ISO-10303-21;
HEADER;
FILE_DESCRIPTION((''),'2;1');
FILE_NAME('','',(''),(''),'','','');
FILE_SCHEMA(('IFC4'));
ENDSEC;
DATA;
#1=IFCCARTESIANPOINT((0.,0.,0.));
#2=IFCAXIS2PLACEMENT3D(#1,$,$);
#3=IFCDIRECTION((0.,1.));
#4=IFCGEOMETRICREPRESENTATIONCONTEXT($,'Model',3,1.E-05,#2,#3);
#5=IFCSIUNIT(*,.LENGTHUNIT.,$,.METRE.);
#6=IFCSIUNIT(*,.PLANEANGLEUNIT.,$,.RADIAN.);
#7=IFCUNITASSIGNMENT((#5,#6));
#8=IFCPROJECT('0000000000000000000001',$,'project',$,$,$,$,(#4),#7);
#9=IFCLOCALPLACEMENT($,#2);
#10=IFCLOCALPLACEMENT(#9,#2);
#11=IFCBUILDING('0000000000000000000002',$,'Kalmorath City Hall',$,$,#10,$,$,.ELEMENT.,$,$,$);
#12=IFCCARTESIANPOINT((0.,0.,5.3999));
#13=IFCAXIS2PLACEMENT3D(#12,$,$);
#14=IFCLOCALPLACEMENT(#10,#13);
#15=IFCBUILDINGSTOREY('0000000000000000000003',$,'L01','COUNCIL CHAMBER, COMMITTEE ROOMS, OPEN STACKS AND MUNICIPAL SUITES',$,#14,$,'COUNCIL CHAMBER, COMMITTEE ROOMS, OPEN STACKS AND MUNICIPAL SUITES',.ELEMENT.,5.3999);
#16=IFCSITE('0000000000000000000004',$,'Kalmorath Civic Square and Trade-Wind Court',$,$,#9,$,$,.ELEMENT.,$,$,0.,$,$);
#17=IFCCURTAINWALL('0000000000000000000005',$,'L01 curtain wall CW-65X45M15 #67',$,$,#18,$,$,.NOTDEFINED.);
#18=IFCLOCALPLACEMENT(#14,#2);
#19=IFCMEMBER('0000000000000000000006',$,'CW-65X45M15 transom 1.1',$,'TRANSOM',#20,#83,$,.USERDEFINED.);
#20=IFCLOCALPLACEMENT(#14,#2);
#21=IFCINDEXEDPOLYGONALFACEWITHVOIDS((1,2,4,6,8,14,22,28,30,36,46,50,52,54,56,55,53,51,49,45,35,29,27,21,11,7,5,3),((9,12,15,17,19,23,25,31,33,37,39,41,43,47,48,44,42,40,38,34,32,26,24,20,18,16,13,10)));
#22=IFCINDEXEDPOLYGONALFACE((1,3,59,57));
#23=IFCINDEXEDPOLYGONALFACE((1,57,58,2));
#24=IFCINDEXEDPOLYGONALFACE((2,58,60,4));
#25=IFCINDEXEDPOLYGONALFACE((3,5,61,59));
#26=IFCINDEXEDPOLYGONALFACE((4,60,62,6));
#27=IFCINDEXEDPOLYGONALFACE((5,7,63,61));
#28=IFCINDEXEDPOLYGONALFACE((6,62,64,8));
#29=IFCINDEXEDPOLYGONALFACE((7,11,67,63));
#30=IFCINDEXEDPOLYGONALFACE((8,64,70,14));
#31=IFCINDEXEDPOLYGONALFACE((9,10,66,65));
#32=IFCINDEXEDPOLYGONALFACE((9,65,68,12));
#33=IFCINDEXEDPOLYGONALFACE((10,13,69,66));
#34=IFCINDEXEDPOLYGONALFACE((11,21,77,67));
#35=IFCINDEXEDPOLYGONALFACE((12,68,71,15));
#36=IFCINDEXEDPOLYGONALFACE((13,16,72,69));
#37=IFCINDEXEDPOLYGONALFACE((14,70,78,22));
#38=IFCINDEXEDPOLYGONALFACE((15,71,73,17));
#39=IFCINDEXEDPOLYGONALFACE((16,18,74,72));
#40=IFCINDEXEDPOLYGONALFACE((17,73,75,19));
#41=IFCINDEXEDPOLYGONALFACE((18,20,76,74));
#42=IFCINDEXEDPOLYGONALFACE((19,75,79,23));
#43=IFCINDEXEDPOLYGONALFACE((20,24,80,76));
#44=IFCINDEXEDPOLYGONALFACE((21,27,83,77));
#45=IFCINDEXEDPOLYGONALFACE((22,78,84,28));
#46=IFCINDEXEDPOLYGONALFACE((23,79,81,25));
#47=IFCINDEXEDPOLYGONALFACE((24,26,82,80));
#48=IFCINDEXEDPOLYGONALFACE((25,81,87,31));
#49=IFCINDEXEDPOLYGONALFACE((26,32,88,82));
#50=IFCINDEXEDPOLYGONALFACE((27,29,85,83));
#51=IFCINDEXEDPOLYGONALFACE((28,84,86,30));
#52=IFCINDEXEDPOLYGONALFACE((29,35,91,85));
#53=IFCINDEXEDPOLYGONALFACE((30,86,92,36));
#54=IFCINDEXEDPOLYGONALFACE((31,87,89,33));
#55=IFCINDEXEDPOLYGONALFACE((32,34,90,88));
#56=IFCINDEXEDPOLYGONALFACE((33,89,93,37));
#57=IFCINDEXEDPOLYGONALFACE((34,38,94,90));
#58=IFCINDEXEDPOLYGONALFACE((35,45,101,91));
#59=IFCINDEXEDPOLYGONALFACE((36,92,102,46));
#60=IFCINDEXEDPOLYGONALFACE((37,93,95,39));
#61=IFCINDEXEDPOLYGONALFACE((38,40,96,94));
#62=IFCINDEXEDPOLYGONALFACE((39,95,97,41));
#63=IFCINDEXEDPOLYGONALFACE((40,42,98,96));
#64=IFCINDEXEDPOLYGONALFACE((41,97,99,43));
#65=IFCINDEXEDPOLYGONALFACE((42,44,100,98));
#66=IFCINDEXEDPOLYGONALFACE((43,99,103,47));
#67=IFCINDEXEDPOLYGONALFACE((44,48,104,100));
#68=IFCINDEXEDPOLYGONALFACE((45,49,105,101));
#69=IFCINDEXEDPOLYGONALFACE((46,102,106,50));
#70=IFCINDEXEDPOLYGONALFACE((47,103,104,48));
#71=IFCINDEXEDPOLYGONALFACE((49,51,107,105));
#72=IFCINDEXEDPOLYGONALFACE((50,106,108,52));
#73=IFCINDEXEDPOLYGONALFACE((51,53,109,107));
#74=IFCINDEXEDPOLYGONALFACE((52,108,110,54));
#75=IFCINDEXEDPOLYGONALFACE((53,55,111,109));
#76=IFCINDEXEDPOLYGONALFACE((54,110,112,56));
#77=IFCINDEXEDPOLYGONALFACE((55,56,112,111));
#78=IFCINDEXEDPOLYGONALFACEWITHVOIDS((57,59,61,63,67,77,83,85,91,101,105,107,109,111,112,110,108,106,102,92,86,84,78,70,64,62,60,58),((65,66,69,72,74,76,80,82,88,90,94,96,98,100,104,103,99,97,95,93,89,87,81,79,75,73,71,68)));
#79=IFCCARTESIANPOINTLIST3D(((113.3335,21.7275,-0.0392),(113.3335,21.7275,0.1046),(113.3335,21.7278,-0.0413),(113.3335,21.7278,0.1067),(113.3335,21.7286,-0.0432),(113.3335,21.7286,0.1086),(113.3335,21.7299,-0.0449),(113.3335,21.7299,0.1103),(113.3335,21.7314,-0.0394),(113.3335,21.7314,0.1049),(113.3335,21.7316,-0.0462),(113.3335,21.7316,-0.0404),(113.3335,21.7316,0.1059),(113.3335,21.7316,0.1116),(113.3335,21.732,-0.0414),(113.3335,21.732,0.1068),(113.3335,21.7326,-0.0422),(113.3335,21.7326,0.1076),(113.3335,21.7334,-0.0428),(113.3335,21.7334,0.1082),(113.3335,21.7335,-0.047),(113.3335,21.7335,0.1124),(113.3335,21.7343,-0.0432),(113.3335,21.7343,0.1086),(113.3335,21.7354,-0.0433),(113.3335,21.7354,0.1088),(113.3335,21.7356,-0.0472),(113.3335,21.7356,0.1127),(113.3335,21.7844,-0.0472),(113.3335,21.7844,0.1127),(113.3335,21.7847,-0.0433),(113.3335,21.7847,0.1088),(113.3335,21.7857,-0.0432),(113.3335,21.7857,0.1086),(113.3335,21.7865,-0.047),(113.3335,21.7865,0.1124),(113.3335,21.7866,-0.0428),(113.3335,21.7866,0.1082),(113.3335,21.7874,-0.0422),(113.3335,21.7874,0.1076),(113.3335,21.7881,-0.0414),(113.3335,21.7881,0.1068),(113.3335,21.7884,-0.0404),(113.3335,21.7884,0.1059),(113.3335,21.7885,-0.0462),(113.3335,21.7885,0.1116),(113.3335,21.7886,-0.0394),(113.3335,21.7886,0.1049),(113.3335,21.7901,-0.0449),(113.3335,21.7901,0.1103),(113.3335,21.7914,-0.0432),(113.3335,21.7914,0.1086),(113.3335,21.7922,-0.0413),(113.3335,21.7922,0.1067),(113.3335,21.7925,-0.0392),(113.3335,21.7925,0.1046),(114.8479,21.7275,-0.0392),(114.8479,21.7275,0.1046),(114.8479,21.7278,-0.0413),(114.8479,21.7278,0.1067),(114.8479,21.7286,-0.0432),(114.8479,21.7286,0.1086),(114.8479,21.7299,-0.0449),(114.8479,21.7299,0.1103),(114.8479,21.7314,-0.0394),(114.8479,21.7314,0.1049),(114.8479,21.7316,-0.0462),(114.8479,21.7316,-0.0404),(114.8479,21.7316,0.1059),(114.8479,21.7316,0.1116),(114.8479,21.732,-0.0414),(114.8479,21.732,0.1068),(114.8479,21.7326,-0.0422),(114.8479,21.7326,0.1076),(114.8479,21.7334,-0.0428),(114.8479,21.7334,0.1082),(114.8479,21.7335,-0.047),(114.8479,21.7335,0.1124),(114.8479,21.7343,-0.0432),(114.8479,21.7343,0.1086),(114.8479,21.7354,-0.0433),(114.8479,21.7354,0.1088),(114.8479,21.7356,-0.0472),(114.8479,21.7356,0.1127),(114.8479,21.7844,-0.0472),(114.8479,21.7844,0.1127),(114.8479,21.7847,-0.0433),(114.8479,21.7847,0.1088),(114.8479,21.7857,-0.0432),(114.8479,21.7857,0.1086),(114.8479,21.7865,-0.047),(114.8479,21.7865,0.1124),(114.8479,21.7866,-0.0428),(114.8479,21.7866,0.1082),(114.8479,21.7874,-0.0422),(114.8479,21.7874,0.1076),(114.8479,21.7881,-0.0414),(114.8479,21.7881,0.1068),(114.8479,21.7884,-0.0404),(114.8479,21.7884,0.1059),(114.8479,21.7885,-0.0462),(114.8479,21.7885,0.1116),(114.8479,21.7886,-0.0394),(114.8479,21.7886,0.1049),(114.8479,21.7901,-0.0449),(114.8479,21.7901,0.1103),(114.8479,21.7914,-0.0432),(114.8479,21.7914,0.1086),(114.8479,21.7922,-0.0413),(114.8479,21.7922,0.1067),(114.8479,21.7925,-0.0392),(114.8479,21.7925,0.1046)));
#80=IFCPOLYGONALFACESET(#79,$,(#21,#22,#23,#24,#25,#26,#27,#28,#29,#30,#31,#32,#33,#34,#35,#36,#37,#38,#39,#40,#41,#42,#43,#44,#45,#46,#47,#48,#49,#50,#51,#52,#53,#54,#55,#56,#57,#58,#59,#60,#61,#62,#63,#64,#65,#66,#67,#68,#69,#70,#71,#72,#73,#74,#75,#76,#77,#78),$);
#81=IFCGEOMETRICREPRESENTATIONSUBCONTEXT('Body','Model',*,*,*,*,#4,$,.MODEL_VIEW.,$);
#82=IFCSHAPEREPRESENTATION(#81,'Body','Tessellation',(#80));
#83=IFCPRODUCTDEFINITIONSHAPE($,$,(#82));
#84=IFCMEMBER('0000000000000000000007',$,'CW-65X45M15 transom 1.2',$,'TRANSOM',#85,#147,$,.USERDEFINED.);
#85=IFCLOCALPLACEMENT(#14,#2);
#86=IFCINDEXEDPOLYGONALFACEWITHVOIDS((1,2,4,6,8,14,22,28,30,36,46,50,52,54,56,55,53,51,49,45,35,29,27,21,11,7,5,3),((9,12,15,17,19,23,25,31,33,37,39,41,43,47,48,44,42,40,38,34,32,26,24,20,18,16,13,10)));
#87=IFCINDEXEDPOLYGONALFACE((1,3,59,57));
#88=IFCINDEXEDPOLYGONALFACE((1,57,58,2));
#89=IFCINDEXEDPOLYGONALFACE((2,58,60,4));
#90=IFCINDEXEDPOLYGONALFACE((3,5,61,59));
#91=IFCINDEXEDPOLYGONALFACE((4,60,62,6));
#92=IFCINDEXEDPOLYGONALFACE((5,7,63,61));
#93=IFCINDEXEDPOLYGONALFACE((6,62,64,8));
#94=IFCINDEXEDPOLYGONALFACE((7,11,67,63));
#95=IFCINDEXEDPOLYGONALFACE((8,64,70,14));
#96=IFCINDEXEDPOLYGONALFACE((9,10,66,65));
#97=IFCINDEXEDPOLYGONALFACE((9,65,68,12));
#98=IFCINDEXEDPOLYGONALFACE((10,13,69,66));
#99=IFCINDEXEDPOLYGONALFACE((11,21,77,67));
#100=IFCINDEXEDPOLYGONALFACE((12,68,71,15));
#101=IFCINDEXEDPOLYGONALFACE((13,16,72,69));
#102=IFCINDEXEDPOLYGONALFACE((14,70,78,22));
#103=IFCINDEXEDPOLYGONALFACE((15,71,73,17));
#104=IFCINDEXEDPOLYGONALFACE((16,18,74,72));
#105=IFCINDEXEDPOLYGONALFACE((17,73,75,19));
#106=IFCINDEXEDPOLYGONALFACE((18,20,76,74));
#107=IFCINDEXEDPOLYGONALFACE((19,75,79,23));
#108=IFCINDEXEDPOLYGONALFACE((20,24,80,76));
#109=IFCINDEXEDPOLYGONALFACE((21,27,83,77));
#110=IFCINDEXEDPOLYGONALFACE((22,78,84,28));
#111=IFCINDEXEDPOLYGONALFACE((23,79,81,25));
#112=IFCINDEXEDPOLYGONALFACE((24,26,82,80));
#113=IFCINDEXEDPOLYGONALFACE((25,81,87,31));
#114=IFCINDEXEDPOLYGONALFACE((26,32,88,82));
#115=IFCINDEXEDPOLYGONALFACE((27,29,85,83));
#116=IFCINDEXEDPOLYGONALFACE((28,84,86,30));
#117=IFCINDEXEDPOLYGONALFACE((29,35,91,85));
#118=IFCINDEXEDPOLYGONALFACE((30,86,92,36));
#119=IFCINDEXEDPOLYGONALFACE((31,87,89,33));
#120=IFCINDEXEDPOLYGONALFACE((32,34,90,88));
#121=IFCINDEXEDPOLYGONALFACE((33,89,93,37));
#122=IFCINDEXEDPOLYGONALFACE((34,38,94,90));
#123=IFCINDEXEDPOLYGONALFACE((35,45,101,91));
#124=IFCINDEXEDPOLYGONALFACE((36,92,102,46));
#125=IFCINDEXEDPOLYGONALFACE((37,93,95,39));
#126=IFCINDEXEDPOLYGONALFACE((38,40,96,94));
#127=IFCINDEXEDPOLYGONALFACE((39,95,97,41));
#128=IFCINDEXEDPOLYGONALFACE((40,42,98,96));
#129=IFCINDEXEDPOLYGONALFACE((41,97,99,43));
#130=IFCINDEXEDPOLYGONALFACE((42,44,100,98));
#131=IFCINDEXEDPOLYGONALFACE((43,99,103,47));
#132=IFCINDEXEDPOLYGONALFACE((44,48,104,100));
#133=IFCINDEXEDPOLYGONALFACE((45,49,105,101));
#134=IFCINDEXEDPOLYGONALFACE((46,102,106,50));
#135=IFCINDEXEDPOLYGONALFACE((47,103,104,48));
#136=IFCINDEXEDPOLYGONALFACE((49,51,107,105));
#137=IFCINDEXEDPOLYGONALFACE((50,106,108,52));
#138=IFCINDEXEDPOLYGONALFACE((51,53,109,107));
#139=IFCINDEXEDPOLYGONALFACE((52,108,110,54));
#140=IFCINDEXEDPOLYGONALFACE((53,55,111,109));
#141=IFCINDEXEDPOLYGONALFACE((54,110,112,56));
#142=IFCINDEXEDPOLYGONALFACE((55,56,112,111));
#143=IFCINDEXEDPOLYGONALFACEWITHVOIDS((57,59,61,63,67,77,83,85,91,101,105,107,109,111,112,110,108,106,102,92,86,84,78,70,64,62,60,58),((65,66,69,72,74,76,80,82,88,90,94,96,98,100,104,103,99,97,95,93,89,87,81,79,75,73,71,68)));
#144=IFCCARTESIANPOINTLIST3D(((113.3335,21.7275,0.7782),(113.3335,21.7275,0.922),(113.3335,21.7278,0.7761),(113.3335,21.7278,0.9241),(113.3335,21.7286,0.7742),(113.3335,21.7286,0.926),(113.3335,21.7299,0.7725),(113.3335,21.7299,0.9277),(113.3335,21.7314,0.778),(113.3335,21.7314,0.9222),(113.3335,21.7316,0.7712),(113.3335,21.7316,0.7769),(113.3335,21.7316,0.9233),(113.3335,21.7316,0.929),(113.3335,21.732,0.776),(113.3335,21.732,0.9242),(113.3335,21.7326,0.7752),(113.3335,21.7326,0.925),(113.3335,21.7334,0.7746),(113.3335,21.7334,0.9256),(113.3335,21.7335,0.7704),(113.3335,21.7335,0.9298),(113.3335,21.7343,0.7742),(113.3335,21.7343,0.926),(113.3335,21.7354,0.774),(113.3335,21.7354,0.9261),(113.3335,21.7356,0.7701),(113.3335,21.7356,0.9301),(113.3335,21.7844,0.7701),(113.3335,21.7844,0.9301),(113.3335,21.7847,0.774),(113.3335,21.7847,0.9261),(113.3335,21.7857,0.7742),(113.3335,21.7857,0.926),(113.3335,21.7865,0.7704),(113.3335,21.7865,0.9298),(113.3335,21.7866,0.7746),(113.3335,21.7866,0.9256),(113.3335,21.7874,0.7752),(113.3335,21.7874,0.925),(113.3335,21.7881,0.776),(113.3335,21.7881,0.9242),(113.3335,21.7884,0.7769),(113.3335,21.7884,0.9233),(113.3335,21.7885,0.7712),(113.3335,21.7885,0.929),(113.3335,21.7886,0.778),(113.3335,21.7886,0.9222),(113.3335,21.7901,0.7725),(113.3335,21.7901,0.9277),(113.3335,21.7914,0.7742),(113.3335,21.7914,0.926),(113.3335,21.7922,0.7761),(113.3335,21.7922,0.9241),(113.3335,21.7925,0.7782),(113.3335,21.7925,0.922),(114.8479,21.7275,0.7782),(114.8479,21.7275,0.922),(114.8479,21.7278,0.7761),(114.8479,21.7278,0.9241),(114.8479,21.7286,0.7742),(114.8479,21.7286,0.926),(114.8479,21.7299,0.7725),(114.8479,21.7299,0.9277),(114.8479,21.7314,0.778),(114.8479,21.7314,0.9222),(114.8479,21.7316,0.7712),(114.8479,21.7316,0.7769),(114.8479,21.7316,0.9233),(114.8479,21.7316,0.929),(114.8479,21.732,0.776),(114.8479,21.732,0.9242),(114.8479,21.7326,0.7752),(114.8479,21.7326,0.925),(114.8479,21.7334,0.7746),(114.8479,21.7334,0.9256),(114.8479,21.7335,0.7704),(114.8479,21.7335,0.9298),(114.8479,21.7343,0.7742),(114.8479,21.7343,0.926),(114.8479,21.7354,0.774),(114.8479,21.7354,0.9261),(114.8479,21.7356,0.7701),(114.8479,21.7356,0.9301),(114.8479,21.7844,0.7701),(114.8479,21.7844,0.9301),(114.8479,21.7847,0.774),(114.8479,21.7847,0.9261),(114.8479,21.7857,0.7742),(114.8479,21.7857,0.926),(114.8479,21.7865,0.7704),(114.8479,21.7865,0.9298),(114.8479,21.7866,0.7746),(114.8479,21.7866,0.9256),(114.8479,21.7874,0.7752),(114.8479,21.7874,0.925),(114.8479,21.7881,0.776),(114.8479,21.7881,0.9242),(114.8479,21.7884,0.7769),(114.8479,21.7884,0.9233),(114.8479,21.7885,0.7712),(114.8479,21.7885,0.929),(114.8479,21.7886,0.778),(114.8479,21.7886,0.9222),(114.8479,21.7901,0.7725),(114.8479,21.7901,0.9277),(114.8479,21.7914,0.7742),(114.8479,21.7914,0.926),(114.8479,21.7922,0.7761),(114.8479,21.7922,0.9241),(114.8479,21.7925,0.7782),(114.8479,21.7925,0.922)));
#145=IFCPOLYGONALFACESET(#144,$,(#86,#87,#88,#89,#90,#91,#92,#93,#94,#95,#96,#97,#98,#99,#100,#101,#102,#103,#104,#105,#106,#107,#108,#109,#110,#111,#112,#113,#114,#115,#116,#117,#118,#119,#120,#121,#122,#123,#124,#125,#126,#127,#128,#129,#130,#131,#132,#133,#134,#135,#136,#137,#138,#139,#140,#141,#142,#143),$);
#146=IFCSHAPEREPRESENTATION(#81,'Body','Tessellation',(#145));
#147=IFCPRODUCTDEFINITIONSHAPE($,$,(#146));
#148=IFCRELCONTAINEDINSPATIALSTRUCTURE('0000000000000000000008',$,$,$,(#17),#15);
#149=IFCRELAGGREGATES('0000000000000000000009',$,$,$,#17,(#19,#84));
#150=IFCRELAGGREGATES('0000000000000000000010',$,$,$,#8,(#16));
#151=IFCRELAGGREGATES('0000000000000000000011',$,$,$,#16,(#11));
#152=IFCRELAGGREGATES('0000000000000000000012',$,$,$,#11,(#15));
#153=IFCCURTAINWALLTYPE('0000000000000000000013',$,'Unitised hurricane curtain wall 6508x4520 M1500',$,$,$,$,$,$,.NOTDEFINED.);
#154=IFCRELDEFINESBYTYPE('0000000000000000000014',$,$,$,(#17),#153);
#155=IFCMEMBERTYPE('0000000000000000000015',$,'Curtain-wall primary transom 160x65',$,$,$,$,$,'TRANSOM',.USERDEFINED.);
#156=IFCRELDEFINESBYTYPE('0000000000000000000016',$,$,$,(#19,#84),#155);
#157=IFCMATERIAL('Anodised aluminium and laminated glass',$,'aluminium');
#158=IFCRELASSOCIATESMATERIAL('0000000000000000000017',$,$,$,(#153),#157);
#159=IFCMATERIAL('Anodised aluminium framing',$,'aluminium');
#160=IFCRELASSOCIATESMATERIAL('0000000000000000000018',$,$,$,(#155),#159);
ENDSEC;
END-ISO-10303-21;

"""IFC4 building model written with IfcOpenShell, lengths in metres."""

from ifc_helpers import new_model, si_unit, direction, frame, origin, origin_2d, place, context, subcontext, project, spatial, hollow_rectangle, extrude, material, material_profile, profile_set, type_object, element, aggregate, save


model = new_model("IFC4")

# Units and contexts
model_context = context("Model", 3, precision=1e-05, world=origin(), true_north=direction((0.0, 1.0)))
body_context = subcontext(model_context, "Body", "Model", "MODEL_VIEW")
ifc_project = project(units=[si_unit("LENGTHUNIT", "METRE"), si_unit("PLANEANGLEUNIT", "RADIAN")], contexts=[model_context])

# Site, building, storey
site_placement = place(None, origin())
site = spatial("IfcSite", under=ifc_project, at=site_placement, Name="Kalmorath Civic Square and Trade-Wind Court", CompositionType="ELEMENT", RefElevation=0.0)
building_placement = place(site_placement, origin())
building = spatial("IfcBuilding", under=site, at=building_placement, Name="Kalmorath City Hall", CompositionType="ELEMENT")
storey_placement = place(building_placement, frame((0.0, 0.0, 5.3999)))
storey = spatial("IfcBuildingStorey", under=building, at=storey_placement, Name="L01", Description="COUNCIL CHAMBER, COMMITTEE ROOMS, OPEN STACKS AND MUNICIPAL SUITES", LongName="COUNCIL CHAMBER, COMMITTEE ROOMS, OPEN STACKS AND MUNICIPAL SUITES", CompositionType="ELEMENT", Elevation=5.3999)

# Curtain wall, members
ifc_material_1 = material(Name="Anodised aluminium and laminated glass", Category="aluminium")
curtain_wall_type = type_object("IfcCurtainWallType", Name="Unitised hurricane curtain wall 6508x4520 M1500", PredefinedType="NOTDEFINED", material=ifc_material_1)
curtain_wall_placement = place(storey_placement, origin())
curtain_wall = element("IfcCurtainWall", 1, at=curtain_wall_placement, inside=storey, type_object=curtain_wall_type, Name="L01 curtain wall CW-65X45M15 #67", PredefinedType="NOTDEFINED")
ifc_material_2 = material(Name="Anodised aluminium framing", Category="aluminium")
ifc_material_profile_1 = material_profile(ifc_material_2, hollow_rectangle(XDim=0.0649, YDim=0.1599, WallThickness=0.0039, InnerFilletRadius=0.0039, OuterFilletRadius=0.0081, at=origin_2d()), Name="ALU-TRN-160X65X4")
ifc_profile_set_1 = profile_set([ifc_material_profile_1], Name="Anodised aluminium framing")
member_type_1 = type_object("IfcMemberType", Name="Curtain-wall primary transom 160x65", ElementType="TRANSOM", PredefinedType="USERDEFINED", material=ifc_profile_set_1)
member_1_placement = place(storey_placement, frame((114.8479, 21.76, 0.0327), z_axis=(-1.0, 0.0, 0.0), x_axis=(0.0, -1.0, 0.0)))
member_1 = element("IfcMember", 2, at=member_1_placement, type_object=member_type_1, Name="CW-65X45M15 transom 1.1", ObjectType="TRANSOM", PredefinedType="USERDEFINED", context=body_context, shape_type="SweptSolid", body=[
    extrude(hollow_rectangle(XDim=0.0649, YDim=0.1599, WallThickness=0.0039, InnerFilletRadius=0.0039, OuterFilletRadius=0.0081, at=origin_2d()), origin(), (0.0, 0.0, 1.0), 1.5144),
])
member_2_placement = place(storey_placement, frame((114.8479, 21.76, 0.8501), z_axis=(-1.0, 0.0, 0.0), x_axis=(0.0, -1.0, 0.0)))
member_2 = element("IfcMember", 3, at=member_2_placement, type_object=member_type_1, Name="CW-65X45M15 transom 1.2", ObjectType="TRANSOM", PredefinedType="USERDEFINED", context=body_context, shape_type="SweptSolid", body=[
    extrude(hollow_rectangle(XDim=0.0649, YDim=0.1599, WallThickness=0.0039, InnerFilletRadius=0.0039, OuterFilletRadius=0.0081, at=origin_2d()), origin(), (0.0, 0.0, 1.0), 1.5144),
])
aggregate(curtain_wall, [member_1, member_2])

save(model, "model.ifc")
